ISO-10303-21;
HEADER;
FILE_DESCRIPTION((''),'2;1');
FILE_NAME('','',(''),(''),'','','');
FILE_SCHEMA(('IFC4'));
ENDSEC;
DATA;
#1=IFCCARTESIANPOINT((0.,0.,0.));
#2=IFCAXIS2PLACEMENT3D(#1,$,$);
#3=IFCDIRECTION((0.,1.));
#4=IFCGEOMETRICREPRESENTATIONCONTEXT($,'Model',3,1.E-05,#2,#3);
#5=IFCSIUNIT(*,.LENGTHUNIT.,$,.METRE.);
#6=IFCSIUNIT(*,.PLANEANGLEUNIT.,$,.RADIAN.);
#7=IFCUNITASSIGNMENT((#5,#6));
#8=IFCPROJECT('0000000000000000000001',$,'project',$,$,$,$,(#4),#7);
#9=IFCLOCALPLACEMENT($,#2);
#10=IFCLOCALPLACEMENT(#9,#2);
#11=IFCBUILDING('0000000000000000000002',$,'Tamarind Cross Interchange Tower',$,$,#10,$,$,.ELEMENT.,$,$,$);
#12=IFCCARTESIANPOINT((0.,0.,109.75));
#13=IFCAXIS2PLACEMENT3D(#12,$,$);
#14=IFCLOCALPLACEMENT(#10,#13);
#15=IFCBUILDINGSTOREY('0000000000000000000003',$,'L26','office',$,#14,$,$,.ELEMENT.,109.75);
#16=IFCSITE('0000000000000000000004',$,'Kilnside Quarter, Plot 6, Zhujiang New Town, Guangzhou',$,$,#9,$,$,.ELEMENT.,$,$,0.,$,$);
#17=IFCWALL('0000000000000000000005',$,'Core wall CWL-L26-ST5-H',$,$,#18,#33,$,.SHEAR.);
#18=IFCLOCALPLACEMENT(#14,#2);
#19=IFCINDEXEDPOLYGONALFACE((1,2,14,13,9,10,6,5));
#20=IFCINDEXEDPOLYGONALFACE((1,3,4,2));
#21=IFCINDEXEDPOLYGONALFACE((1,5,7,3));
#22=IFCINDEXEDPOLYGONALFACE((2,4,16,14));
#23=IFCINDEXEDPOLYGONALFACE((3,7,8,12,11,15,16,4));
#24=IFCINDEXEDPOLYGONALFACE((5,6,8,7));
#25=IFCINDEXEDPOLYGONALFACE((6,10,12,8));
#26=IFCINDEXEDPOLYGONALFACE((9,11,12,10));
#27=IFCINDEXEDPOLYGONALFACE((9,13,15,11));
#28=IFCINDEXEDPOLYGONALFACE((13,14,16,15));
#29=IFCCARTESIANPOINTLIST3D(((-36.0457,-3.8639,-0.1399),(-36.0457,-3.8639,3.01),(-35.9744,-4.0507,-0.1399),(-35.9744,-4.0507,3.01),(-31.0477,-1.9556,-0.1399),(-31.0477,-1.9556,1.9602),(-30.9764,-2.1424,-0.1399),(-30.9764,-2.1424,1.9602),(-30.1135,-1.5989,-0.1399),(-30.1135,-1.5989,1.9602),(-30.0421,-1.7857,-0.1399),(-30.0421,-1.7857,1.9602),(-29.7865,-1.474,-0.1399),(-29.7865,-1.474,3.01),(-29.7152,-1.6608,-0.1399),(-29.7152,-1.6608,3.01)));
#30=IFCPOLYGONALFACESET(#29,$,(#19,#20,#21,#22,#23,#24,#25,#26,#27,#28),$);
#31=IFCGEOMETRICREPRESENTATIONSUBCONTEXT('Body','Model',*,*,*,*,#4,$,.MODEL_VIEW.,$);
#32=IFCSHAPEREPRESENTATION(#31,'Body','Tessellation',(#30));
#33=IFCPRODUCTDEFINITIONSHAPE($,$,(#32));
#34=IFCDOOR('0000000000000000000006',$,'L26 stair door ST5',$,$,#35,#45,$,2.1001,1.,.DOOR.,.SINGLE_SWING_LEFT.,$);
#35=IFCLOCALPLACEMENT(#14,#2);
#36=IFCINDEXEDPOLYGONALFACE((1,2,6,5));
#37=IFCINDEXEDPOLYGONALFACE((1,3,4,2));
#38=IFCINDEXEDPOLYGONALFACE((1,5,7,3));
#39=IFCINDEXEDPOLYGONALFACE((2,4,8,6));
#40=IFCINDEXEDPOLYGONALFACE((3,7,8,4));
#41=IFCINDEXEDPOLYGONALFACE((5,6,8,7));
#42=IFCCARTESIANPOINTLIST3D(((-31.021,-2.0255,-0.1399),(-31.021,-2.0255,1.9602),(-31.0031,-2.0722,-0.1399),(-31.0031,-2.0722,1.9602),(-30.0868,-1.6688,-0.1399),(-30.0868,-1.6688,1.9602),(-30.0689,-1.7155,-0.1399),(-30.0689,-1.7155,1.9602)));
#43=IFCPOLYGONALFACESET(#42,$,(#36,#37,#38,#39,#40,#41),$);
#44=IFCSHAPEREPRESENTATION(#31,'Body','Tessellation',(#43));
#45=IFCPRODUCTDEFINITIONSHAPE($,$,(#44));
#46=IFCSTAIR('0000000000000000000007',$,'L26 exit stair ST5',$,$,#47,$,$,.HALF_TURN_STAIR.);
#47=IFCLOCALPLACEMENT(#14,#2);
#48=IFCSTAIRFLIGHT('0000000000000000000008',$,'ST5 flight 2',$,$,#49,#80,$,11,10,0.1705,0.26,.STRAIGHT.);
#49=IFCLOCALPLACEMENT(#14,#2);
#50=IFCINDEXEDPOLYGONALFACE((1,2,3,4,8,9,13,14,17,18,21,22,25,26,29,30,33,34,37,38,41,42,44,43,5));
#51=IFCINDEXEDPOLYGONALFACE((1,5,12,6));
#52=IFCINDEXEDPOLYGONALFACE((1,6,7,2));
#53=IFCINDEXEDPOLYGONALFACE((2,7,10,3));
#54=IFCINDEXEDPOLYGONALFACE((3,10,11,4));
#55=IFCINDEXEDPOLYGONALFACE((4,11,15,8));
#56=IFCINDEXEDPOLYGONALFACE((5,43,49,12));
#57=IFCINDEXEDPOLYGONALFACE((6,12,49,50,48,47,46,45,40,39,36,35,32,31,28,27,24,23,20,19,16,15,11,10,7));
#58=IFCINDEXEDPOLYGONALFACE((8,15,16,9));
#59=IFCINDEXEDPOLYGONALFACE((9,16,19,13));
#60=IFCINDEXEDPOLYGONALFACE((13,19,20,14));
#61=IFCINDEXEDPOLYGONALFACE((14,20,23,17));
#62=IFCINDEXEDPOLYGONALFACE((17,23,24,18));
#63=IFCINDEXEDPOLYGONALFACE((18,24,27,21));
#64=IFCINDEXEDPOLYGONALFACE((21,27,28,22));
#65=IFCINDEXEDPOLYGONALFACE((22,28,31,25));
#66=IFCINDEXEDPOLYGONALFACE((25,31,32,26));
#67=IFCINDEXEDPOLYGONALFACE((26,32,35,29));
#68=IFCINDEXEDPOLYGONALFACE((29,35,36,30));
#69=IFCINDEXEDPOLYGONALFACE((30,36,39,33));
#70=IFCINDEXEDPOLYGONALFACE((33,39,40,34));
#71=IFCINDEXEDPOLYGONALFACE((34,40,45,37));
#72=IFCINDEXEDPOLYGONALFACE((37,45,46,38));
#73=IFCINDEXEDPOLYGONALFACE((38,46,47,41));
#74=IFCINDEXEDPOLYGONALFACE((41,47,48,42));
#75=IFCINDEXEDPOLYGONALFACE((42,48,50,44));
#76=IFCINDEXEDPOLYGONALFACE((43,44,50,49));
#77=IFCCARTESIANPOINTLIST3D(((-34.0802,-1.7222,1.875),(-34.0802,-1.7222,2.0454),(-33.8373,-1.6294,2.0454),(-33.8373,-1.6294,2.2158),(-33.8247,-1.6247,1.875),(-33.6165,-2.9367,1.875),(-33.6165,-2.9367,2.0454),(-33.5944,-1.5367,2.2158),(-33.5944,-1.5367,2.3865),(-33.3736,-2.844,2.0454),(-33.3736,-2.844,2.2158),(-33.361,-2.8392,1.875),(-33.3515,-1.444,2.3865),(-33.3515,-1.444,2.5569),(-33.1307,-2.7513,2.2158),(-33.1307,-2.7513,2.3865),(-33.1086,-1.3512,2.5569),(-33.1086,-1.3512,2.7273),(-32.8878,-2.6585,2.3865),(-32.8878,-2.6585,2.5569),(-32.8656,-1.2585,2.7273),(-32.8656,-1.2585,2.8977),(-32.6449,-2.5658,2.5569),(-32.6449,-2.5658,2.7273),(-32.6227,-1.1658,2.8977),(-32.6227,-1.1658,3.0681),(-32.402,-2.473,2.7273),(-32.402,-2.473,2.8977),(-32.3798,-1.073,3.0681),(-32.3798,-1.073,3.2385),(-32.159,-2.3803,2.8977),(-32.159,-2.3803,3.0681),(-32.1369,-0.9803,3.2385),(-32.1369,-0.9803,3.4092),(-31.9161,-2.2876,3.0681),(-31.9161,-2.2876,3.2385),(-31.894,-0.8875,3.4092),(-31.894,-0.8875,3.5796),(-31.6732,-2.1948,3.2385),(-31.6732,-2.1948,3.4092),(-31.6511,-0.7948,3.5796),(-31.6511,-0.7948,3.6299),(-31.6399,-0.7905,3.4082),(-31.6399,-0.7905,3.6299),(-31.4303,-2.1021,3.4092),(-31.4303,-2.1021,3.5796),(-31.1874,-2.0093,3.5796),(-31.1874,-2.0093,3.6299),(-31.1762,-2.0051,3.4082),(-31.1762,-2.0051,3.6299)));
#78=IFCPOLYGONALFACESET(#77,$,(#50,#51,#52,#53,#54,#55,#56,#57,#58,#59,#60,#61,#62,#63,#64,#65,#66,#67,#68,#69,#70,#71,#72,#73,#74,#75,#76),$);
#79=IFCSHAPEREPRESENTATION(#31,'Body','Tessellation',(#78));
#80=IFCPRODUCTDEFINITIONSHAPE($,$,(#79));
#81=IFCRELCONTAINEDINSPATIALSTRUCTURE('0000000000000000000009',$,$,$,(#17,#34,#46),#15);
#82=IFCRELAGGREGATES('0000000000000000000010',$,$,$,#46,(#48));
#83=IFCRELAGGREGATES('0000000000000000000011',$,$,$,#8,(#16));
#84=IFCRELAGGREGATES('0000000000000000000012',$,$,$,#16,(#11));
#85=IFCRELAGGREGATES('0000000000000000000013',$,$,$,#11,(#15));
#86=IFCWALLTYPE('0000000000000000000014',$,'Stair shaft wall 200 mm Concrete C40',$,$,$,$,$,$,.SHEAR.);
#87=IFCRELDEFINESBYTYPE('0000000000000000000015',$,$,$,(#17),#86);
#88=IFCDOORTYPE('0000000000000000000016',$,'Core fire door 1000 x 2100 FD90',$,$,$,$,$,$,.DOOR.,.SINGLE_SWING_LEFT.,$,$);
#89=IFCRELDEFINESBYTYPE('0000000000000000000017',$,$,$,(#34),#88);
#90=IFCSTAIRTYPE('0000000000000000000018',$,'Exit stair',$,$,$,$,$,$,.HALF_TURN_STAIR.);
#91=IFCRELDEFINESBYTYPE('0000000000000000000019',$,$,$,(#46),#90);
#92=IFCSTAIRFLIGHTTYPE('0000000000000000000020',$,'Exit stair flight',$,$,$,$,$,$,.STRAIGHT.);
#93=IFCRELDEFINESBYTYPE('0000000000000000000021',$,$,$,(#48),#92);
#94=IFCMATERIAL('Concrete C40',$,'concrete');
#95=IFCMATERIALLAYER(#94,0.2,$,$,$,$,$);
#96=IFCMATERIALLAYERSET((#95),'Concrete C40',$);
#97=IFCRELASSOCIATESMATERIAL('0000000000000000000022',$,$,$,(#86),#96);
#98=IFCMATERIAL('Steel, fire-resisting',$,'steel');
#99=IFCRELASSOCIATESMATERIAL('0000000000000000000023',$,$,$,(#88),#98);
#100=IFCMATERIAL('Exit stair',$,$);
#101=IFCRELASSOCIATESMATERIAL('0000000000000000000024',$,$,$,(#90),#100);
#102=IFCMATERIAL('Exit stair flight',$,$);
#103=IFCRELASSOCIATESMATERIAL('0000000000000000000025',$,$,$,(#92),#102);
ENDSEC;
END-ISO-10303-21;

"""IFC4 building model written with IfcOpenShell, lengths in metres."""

from ifc_helpers import new_model, si_unit, direction, frame, frame_2d, origin, place, context, subcontext, project, spatial, polyline, rectangle, outline, extrude, material, layer, layer_set, type_object, element, fill, aggregate, save


model = new_model("IFC4")

# Units and contexts
model_context = context("Model", 3, precision=1e-05, world=origin(), true_north=direction((0.0, 1.0)))
body_context = subcontext(model_context, "Body", "Model", "MODEL_VIEW")
ifc_project = project(units=[si_unit("LENGTHUNIT", "METRE"), si_unit("PLANEANGLEUNIT", "RADIAN")], contexts=[model_context])

# Site, building, storey
site_placement = place(None, origin())
site = spatial("IfcSite", under=ifc_project, at=site_placement, Name="Kilnside Quarter, Plot 6, Zhujiang New Town, Guangzhou", CompositionType="ELEMENT", RefElevation=0.0)
building_placement = place(site_placement, origin())
building = spatial("IfcBuilding", under=site, at=building_placement, Name="Tamarind Cross Interchange Tower", CompositionType="ELEMENT")
storey_placement = place(building_placement, frame((0.0, 0.0, 109.75)))
storey = spatial("IfcBuildingStorey", under=building, at=storey_placement, Name="L26", Description="office", CompositionType="ELEMENT", Elevation=109.75)

# Wall, opening, door
ifc_material_1 = material(Name="Concrete C40", Category="concrete")
ifc_layer_1 = layer(ifc_material_1, 0.2)
ifc_layer_set_1 = layer_set([ifc_layer_1], Name="Concrete C40")
wall_type_1 = type_object("IfcWallType", Name="Stair shaft wall 200 mm Concrete C40", PredefinedType="SHEAR", material=ifc_layer_set_1)
wall_1_placement = place(storey_placement, frame((-29.7507, -1.5674, -0.1399), z_axis=(0.0, 0.0, 1.0), x_axis=(-0.934219, -0.3567, 0.0)))
wall_1 = element("IfcWall", 1, at=wall_1_placement, inside=storey, type_object=wall_type_1, Name="Core wall CWL-L26-ST5-H", PredefinedType="SHEAR", context=body_context, shape_type="SweptSolid", body=[
    extrude(rectangle(XDim=6.7, YDim=0.2, at=frame_2d((3.3501, 0.0))), origin(), (0.0, 0.0, 1.0), 3.1499),
])
opening_1_placement = place(wall_1_placement, frame((0.3501, 0.0, 0.0)))
opening_1 = element("IfcOpeningElement", 2, at=opening_1_placement, cuts=wall_1, PredefinedType="OPENING", context=body_context, shape_type="SweptSolid", body=[
    extrude(rectangle(XDim=1.0, YDim=2.1001, at=frame_2d((0.5, 1.05))), frame((0.0, 0.1099, 0.0), z_axis=(0.0, -1.0, 0.0), x_axis=(1.0, 0.0, 0.0)), (0.0, 0.0, 1.0), 0.22),
])
ifc_material_2 = material(Name="Steel, fire-resisting", Category="steel")
door_type_1 = type_object("IfcDoorType", Name="Core fire door 1000 x 2100 FD90", OperationType="SINGLE_SWING_LEFT", PredefinedType="DOOR", material=ifc_material_2)
door_1_placement = place(opening_1_placement, origin())
door_1 = element("IfcDoor", 3, at=door_1_placement, inside=storey, type_object=door_type_1, Name="L26 stair door ST5", OperationType="SINGLE_SWING_LEFT", OverallHeight=2.1001, OverallWidth=1.0, PredefinedType="DOOR", context=body_context, shape_type="SweptSolid", body=[
    extrude(rectangle(XDim=1.0, YDim=2.1001, at=frame_2d((0.5, 1.05))), frame((0.0, 0.0249, 0.0), z_axis=(0.0, -1.0, 0.0), x_axis=(1.0, 0.0, 0.0)), (0.0, 0.0, 1.0), 0.05),
])
fill(opening_1, door_1)

# Stair, stair flight
ifc_material_3 = material(Name="Exit stair")
stair_type = type_object("IfcStairType", Name="Exit stair", PredefinedType="HALF_TURN_STAIR", material=ifc_material_3)
stair_placement = place(storey_placement, origin())
stair = element("IfcStair", 4, at=stair_placement, inside=storey, type_object=stair_type, Name="L26 exit stair ST5", PredefinedType="HALF_TURN_STAIR")
ifc_material_4 = material(Name="Exit stair flight")
stair_flight_type = type_object("IfcStairFlightType", Name="Exit stair flight", PredefinedType="STRAIGHT", material=ifc_material_4)
stair_flight_placement = place(storey_placement, frame((-33.8484, -2.3293, 1.875), z_axis=(0.0, 0.0, 1.0), x_axis=(0.934229, 0.356673, 0.0)))
stair_flight = element("IfcStairFlight", 5, at=stair_flight_placement, type_object=stair_flight_type, Name="ST5 flight 2", NumberOfRisers=11, NumberOfTreads=10, PredefinedType="STRAIGHT", RiserHeight=0.1705, TreadLength=0.26, context=body_context, shape_type="SweptSolid", body=[
    extrude(outline(polyline([(0.0, 0.0), (0.0, 0.1704), (0.26, 0.1704), (0.26, 0.3408), (0.52, 0.3408), (0.52, 0.5115), (0.78, 0.5115), (0.78, 0.6819), (1.04, 0.6819), (1.04, 0.8523), (1.3, 0.8523), (1.3, 1.0227), (1.5601, 1.0227), (1.5601, 1.1931), (1.8201, 1.1931), (1.8201, 1.3635), (2.0801, 1.3635), (2.0801, 1.5342), (2.3401, 1.5342), (2.3401, 1.7046), (2.6001, 1.7046), (2.6001, 1.7549), (2.6121, 1.7549), (2.6121, 1.5332), (0.2734, 0.0), (0.0, 0.0)])), frame((0.0, 0.6499, 0.0), z_axis=(0.0, -1.0, 0.0), x_axis=(1.0, 0.0, 0.0)), (0.0, 0.0, 1.0), 1.3),
])
aggregate(stair, [stair_flight])

save(model, "model.ifc")
